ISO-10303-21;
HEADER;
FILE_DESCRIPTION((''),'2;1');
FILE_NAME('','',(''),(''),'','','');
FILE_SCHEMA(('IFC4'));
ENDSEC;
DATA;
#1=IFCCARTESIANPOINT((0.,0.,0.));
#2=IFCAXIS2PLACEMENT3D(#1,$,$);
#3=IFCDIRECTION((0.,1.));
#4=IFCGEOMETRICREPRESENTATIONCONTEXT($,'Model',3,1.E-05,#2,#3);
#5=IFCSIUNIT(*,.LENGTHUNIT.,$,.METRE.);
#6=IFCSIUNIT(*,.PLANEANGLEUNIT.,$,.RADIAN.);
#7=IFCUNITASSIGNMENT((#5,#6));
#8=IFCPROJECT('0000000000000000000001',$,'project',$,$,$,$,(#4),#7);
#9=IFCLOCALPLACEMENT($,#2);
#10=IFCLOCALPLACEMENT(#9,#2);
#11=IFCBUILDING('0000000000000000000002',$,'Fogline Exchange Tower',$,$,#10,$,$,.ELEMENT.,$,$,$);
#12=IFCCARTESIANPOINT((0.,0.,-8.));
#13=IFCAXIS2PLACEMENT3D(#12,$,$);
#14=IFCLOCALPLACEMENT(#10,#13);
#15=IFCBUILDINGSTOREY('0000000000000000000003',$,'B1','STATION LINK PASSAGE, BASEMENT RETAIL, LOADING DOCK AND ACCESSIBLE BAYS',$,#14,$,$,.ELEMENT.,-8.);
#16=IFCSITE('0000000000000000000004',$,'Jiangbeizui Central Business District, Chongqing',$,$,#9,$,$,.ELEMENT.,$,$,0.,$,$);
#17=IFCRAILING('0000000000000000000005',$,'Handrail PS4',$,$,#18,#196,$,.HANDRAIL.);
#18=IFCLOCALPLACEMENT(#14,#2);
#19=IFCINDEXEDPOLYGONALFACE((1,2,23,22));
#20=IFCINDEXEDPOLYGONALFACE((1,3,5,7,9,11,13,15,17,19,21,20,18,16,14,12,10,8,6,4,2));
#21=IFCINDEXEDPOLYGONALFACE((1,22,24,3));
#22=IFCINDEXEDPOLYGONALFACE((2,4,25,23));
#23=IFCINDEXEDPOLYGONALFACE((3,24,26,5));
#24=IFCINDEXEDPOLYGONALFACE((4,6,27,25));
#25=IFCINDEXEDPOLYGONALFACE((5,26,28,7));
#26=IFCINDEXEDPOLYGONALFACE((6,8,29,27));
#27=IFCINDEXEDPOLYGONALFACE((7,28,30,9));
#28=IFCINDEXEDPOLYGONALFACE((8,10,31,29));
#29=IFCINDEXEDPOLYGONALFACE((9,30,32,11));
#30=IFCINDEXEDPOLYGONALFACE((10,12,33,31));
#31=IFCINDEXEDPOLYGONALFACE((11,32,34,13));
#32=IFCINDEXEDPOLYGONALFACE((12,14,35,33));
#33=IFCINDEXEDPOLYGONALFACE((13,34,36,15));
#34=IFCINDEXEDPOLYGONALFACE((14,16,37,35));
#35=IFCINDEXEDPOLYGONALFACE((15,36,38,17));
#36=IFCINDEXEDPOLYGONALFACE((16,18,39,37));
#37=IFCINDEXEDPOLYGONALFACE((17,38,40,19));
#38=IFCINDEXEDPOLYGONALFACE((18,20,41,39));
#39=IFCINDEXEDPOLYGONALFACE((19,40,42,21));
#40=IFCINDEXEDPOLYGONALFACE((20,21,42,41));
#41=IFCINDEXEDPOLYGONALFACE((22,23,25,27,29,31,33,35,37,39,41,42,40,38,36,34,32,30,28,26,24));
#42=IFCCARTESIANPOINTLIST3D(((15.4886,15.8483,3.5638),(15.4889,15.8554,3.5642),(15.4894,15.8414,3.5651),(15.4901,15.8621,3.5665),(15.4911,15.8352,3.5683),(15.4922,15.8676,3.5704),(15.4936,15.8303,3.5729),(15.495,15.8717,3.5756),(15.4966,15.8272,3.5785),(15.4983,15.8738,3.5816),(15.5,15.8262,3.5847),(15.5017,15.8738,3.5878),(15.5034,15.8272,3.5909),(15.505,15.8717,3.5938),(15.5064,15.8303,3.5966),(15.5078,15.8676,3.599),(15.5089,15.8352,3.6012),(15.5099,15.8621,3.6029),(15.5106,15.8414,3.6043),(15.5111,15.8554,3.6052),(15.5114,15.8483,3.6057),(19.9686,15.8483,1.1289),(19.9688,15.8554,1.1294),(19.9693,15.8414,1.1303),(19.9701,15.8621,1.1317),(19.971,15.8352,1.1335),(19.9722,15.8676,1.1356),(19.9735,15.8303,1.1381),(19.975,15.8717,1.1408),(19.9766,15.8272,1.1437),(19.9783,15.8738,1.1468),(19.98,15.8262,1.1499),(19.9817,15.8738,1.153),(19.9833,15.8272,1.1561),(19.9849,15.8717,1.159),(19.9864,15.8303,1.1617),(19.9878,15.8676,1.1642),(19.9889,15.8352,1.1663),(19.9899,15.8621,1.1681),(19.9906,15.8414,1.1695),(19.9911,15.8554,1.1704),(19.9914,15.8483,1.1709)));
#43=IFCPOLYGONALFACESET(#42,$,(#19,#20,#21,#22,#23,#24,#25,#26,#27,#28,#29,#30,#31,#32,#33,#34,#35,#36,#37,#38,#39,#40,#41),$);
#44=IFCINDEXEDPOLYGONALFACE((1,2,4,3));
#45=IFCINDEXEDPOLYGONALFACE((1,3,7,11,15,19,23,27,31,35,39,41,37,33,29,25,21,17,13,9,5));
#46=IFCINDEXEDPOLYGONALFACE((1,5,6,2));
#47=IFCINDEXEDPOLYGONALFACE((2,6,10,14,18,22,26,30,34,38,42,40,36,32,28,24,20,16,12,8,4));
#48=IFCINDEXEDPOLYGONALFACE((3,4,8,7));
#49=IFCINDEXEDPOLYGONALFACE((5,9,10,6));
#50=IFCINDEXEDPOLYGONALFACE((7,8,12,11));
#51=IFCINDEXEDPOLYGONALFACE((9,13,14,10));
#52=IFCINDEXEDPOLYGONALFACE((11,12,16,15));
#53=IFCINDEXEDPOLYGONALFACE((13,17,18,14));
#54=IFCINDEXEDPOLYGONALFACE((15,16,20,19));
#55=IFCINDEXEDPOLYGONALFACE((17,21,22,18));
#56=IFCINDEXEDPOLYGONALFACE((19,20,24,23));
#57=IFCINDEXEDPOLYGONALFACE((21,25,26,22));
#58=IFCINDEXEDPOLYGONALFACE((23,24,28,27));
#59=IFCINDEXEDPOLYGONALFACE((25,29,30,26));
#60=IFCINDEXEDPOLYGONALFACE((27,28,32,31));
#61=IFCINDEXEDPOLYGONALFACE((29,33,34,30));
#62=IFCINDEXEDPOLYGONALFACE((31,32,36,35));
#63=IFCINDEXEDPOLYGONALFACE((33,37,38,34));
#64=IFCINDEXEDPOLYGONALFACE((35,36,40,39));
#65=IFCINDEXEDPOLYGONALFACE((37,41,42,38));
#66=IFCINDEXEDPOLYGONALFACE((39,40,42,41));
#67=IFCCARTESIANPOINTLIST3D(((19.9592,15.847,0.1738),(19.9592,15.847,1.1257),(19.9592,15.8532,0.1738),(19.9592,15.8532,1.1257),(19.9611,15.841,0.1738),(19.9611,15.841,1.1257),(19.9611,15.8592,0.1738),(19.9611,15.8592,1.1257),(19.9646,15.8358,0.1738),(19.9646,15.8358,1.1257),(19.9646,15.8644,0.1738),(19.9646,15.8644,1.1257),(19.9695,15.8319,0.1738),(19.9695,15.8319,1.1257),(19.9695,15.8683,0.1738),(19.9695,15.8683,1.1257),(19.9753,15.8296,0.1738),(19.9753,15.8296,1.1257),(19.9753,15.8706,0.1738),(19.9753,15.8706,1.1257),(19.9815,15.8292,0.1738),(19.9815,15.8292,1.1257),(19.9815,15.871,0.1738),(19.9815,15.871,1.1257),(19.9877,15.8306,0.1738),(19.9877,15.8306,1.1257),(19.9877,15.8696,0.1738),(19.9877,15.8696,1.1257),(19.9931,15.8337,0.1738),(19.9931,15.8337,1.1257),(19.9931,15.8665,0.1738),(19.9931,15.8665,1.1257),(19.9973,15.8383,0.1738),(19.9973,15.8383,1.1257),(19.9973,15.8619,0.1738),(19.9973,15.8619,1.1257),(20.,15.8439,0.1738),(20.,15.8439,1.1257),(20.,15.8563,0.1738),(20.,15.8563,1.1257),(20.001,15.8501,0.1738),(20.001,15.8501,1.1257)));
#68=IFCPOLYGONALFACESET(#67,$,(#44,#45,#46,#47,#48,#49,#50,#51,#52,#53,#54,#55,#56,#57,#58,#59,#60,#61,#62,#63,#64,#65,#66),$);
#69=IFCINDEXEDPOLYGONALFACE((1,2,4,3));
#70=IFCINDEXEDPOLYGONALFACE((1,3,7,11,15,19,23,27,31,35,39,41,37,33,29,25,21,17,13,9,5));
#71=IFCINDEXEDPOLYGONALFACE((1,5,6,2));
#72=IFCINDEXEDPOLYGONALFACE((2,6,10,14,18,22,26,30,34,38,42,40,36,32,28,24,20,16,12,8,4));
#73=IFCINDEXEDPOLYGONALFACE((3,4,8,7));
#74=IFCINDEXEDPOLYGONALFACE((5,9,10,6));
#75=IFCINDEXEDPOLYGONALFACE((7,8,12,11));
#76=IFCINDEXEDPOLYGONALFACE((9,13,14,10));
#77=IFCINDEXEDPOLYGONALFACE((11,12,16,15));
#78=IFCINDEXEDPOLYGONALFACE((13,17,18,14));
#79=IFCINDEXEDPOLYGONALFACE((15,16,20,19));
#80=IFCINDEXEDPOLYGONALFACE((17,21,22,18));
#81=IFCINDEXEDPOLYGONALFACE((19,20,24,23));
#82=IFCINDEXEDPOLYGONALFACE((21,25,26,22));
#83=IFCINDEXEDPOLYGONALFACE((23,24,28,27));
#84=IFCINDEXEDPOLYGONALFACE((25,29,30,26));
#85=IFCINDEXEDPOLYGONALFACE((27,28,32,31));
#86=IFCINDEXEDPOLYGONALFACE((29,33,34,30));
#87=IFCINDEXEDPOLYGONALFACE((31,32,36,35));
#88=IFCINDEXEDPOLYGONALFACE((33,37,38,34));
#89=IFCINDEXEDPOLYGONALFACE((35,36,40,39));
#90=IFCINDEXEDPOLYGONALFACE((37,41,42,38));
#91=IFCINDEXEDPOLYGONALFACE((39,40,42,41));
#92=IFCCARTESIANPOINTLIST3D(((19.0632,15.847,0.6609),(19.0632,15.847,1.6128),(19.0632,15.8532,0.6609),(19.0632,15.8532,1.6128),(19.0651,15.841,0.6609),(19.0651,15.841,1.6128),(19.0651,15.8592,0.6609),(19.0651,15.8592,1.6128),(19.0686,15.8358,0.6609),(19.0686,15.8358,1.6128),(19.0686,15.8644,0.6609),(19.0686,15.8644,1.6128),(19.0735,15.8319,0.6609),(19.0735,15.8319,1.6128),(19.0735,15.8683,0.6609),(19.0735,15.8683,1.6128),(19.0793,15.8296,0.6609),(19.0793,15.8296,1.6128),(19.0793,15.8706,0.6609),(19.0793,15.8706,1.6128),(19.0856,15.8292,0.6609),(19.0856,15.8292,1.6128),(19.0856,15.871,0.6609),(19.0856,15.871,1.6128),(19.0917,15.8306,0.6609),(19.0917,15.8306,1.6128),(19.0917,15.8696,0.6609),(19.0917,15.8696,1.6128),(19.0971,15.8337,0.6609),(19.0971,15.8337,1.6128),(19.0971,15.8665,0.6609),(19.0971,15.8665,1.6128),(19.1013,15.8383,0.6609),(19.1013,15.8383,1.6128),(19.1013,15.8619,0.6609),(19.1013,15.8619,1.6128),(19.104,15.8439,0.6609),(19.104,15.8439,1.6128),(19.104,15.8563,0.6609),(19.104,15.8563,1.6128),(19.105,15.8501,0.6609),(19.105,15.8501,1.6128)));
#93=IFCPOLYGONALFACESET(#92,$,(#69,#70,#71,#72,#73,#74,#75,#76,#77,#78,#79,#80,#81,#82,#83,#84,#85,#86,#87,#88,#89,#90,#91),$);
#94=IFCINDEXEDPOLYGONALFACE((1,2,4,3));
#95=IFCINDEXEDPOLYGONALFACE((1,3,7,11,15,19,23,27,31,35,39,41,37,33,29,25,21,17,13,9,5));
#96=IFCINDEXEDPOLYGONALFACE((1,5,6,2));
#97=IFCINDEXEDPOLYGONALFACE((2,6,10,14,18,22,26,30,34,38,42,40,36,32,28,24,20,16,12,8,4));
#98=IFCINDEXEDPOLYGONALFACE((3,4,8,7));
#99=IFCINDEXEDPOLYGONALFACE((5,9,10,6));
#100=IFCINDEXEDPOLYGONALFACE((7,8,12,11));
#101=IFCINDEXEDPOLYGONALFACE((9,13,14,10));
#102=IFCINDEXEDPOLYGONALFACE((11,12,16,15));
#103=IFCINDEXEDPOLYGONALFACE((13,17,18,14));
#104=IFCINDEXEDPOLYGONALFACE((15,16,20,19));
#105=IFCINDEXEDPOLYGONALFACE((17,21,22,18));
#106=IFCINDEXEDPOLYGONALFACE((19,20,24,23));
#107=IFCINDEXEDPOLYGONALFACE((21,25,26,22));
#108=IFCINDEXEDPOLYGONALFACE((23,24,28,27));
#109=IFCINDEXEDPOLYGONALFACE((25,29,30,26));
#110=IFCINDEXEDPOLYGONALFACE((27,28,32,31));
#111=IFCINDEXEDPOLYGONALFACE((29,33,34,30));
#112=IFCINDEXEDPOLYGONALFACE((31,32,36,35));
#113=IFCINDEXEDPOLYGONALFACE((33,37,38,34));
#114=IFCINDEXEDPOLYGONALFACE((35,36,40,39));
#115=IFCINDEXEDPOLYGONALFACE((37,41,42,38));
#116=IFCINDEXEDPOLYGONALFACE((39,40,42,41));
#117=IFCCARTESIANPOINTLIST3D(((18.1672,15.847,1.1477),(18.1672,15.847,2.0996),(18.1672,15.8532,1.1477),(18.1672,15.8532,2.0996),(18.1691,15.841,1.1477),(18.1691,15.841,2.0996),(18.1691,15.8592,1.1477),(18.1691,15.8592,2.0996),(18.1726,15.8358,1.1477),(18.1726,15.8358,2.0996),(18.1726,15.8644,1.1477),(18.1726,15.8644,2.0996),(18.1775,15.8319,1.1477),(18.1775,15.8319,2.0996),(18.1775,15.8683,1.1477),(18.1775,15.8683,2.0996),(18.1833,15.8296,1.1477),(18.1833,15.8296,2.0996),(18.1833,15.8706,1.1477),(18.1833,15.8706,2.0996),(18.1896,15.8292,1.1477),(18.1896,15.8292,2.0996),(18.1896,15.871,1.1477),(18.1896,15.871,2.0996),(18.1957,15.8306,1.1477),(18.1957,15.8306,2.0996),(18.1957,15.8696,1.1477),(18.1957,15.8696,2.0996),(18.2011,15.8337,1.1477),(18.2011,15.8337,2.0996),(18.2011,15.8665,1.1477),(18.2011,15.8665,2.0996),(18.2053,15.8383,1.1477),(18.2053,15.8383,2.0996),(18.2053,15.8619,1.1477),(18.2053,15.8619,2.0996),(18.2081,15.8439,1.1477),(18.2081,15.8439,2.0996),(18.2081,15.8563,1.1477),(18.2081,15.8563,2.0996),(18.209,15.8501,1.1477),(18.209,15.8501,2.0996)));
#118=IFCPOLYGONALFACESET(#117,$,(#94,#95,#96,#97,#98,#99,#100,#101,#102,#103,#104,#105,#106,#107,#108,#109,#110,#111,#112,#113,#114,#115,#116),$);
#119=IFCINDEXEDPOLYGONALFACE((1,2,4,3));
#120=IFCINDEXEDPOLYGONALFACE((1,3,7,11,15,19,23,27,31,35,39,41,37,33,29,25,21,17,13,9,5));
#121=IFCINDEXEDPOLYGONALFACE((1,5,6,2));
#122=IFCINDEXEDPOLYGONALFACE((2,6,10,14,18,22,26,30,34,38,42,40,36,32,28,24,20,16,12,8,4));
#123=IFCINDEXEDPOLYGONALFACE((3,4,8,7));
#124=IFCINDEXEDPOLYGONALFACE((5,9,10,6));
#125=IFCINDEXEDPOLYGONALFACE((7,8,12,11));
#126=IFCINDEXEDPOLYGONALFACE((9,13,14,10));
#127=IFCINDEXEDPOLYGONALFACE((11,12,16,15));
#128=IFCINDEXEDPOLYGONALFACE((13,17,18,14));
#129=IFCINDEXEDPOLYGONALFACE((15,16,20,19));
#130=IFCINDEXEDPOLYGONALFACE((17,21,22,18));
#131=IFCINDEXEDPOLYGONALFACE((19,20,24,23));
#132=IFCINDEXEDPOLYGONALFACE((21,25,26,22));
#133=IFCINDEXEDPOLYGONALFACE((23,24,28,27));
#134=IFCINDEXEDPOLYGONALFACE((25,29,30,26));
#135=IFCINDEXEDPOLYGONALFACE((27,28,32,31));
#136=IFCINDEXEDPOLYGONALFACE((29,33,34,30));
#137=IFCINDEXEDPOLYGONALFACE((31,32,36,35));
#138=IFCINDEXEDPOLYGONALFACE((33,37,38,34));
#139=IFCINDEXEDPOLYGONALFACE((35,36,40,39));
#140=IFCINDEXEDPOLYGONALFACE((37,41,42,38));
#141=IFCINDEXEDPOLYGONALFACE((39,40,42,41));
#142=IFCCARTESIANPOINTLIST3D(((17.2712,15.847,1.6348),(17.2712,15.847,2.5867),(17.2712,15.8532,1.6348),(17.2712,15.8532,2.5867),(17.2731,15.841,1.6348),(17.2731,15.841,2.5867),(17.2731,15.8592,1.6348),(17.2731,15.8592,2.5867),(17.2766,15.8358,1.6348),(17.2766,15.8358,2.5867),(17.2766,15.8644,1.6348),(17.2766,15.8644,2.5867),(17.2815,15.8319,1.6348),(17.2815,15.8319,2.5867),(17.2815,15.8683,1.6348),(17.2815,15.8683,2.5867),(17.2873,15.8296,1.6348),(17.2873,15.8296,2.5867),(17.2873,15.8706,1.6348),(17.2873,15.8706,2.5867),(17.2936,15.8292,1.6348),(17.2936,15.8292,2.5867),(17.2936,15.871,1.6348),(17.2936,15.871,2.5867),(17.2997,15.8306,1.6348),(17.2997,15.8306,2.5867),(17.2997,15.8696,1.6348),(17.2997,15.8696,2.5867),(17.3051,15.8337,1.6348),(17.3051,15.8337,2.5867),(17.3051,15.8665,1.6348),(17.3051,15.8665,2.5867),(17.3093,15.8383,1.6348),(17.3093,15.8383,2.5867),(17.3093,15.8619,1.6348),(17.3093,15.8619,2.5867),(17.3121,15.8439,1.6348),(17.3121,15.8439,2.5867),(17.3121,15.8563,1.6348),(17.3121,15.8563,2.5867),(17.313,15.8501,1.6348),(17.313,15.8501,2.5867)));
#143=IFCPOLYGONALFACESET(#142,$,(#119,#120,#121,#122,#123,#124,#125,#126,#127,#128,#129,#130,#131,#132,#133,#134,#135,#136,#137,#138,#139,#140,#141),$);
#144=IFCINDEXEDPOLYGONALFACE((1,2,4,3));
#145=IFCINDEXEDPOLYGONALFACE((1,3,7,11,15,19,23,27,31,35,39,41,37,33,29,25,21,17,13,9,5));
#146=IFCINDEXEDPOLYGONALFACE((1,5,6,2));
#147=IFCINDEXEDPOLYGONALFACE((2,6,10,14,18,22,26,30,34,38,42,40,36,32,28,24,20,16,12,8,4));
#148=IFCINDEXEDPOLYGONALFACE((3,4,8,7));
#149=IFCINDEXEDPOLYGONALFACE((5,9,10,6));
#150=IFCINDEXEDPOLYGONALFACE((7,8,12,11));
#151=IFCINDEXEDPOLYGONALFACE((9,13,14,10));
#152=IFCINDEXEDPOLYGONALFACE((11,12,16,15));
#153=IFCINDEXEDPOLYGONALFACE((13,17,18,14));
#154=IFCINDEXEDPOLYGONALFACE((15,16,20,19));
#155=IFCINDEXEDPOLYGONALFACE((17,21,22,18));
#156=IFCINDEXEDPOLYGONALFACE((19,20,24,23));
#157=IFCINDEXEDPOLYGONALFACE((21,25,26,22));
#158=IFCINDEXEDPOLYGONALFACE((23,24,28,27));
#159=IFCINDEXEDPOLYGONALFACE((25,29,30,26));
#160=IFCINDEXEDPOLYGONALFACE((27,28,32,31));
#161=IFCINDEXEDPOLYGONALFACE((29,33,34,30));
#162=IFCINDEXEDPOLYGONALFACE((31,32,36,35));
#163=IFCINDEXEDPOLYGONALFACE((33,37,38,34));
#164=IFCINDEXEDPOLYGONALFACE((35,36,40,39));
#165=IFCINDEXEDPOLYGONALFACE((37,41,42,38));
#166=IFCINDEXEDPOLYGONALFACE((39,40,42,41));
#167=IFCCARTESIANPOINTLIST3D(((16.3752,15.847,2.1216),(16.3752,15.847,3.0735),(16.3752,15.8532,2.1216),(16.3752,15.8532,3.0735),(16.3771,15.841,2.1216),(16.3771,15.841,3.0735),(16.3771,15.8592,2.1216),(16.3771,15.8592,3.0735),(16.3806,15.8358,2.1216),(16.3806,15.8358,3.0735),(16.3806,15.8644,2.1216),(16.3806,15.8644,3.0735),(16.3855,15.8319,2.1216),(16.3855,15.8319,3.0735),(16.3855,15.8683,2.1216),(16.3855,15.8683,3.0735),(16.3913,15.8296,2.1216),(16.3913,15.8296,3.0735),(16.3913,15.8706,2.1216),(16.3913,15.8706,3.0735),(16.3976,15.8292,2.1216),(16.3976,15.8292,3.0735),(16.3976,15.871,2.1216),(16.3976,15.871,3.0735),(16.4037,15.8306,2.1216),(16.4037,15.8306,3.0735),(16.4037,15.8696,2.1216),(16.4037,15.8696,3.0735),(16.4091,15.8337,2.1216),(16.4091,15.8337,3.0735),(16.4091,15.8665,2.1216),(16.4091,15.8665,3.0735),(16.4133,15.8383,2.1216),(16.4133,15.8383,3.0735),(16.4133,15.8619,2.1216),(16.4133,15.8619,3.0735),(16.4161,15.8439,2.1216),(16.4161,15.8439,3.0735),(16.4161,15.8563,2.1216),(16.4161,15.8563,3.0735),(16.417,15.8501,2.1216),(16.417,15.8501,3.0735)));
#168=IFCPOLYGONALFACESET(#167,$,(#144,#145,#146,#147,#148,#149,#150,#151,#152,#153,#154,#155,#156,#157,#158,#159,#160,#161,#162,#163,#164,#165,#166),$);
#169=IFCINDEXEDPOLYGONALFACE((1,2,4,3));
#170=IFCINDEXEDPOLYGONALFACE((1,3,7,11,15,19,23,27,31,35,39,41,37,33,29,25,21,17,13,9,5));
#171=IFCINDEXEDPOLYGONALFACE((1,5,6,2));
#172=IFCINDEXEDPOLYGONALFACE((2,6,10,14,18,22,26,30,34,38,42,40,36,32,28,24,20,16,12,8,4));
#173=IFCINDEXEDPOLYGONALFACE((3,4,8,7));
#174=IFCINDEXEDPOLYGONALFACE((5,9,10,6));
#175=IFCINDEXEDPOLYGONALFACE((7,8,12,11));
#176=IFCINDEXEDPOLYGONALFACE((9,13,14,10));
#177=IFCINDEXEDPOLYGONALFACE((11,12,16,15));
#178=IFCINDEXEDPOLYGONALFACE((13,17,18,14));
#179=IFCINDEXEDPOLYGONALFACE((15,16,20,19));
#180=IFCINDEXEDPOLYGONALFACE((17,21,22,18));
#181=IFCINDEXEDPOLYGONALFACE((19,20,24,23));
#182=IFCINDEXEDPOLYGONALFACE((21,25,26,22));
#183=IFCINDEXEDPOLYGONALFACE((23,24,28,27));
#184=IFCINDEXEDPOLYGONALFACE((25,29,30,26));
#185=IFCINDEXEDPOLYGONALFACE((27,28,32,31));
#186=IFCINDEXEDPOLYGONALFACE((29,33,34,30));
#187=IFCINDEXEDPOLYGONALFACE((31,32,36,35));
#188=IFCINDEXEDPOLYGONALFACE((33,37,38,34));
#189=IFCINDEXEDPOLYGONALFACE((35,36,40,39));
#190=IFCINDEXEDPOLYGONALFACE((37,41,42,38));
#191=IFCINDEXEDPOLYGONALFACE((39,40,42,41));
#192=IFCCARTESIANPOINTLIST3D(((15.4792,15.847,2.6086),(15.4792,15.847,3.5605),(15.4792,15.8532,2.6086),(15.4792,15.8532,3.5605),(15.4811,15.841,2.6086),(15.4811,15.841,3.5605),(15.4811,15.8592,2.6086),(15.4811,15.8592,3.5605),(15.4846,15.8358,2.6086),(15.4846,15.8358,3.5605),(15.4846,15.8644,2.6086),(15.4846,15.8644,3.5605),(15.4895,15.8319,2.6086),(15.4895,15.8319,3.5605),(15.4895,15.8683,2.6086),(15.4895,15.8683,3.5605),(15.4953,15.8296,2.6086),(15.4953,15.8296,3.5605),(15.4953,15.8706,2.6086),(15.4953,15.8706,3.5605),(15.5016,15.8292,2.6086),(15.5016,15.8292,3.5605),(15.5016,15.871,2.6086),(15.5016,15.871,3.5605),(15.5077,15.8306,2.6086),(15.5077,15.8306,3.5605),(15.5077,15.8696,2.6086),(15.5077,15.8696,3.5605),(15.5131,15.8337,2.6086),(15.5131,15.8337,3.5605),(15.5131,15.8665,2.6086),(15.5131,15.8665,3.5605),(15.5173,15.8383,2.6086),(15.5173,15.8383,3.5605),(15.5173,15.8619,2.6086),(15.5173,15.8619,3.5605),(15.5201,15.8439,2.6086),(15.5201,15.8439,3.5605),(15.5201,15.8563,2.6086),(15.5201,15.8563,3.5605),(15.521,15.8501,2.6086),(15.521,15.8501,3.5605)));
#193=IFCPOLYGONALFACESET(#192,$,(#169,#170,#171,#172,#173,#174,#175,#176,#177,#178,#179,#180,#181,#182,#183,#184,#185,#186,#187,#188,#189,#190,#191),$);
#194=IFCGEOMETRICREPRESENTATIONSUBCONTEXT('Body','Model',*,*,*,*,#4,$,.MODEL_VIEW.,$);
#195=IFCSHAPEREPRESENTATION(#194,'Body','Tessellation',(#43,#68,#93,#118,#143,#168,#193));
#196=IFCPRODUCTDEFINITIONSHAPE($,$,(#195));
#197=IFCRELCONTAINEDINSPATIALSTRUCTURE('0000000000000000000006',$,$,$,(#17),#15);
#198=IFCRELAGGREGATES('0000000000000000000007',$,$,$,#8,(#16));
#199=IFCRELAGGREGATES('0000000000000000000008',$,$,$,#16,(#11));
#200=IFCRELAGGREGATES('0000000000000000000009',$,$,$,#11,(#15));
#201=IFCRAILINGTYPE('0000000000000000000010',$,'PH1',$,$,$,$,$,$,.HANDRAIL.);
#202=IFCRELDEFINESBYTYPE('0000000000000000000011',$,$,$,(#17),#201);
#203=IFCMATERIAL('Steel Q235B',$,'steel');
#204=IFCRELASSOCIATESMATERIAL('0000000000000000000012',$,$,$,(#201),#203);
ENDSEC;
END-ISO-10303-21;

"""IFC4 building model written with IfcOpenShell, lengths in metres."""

from ifc_helpers import new_model, si_unit, direction, frame, origin, origin_2d, place, context, subcontext, project, spatial, circle, extrude, material, type_object, element, save


model = new_model("IFC4")

# Units and contexts
model_context = context("Model", 3, precision=1e-05, world=origin(), true_north=direction((0.0, 1.0)))
body_context = subcontext(model_context, "Body", "Model", "MODEL_VIEW")
ifc_project = project(units=[si_unit("LENGTHUNIT", "METRE"), si_unit("PLANEANGLEUNIT", "RADIAN")], contexts=[model_context])

# Site, building, storey
site_placement = place(None, origin())
site = spatial("IfcSite", under=ifc_project, at=site_placement, Name="Jiangbeizui Central Business District, Chongqing", CompositionType="ELEMENT", RefElevation=0.0)
building_placement = place(site_placement, origin())
building = spatial("IfcBuilding", under=site, at=building_placement, Name="Fogline Exchange Tower", CompositionType="ELEMENT")
storey_placement = place(building_placement, frame((0.0, 0.0, -8.0)))
storey = spatial("IfcBuildingStorey", under=building, at=storey_placement, Name="B1", Description="STATION LINK PASSAGE, BASEMENT RETAIL, LOADING DOCK AND ACCESSIBLE BAYS", CompositionType="ELEMENT", Elevation=-8.0)

# Railing
ifc_material_1 = material(Name="Steel Q235B", Category="steel")
railing_type_1 = type_object("IfcRailingType", Name="PH1", PredefinedType="HANDRAIL", material=ifc_material_1)
railing_1_placement = place(storey_placement, frame((19.98, 15.8501, 0.1738)))
element("IfcRailing", 1, at=railing_1_placement, inside=storey, type_object=railing_type_1, Name="Handrail PS4", PredefinedType="HANDRAIL", context=body_context, shape_type="SweptSolid", body=[
    extrude(circle(Radius=0.0239, at=origin_2d()), frame((0.0, 0.0, 0.9761), z_axis=(-0.878621, 0.0, 0.47752), x_axis=(0.0, -1.0, 0.0)), (0.0, 0.0, 1.0), 5.0989),
    extrude(circle(Radius=0.021, at=origin_2d()), origin(), (0.0, 0.0, 1.0), 0.9519),
    extrude(circle(Radius=0.021, at=origin_2d()), frame((-0.896, 0.0, 0.4871)), (0.0, 0.0, 1.0), 0.9519),
    extrude(circle(Radius=0.021, at=origin_2d()), frame((-1.792, 0.0, 0.9739)), (0.0, 0.0, 1.0), 0.9519),
    extrude(circle(Radius=0.021, at=origin_2d()), frame((-2.688, 0.0, 1.4609)), (0.0, 0.0, 1.0), 0.9519),
    extrude(circle(Radius=0.021, at=origin_2d()), frame((-3.584, 0.0, 1.9478)), (0.0, 0.0, 1.0), 0.9519),
    extrude(circle(Radius=0.021, at=origin_2d()), frame((-4.48, 0.0, 2.4348)), (0.0, 0.0, 1.0), 0.9519),
])

save(model, "model.ifc")
